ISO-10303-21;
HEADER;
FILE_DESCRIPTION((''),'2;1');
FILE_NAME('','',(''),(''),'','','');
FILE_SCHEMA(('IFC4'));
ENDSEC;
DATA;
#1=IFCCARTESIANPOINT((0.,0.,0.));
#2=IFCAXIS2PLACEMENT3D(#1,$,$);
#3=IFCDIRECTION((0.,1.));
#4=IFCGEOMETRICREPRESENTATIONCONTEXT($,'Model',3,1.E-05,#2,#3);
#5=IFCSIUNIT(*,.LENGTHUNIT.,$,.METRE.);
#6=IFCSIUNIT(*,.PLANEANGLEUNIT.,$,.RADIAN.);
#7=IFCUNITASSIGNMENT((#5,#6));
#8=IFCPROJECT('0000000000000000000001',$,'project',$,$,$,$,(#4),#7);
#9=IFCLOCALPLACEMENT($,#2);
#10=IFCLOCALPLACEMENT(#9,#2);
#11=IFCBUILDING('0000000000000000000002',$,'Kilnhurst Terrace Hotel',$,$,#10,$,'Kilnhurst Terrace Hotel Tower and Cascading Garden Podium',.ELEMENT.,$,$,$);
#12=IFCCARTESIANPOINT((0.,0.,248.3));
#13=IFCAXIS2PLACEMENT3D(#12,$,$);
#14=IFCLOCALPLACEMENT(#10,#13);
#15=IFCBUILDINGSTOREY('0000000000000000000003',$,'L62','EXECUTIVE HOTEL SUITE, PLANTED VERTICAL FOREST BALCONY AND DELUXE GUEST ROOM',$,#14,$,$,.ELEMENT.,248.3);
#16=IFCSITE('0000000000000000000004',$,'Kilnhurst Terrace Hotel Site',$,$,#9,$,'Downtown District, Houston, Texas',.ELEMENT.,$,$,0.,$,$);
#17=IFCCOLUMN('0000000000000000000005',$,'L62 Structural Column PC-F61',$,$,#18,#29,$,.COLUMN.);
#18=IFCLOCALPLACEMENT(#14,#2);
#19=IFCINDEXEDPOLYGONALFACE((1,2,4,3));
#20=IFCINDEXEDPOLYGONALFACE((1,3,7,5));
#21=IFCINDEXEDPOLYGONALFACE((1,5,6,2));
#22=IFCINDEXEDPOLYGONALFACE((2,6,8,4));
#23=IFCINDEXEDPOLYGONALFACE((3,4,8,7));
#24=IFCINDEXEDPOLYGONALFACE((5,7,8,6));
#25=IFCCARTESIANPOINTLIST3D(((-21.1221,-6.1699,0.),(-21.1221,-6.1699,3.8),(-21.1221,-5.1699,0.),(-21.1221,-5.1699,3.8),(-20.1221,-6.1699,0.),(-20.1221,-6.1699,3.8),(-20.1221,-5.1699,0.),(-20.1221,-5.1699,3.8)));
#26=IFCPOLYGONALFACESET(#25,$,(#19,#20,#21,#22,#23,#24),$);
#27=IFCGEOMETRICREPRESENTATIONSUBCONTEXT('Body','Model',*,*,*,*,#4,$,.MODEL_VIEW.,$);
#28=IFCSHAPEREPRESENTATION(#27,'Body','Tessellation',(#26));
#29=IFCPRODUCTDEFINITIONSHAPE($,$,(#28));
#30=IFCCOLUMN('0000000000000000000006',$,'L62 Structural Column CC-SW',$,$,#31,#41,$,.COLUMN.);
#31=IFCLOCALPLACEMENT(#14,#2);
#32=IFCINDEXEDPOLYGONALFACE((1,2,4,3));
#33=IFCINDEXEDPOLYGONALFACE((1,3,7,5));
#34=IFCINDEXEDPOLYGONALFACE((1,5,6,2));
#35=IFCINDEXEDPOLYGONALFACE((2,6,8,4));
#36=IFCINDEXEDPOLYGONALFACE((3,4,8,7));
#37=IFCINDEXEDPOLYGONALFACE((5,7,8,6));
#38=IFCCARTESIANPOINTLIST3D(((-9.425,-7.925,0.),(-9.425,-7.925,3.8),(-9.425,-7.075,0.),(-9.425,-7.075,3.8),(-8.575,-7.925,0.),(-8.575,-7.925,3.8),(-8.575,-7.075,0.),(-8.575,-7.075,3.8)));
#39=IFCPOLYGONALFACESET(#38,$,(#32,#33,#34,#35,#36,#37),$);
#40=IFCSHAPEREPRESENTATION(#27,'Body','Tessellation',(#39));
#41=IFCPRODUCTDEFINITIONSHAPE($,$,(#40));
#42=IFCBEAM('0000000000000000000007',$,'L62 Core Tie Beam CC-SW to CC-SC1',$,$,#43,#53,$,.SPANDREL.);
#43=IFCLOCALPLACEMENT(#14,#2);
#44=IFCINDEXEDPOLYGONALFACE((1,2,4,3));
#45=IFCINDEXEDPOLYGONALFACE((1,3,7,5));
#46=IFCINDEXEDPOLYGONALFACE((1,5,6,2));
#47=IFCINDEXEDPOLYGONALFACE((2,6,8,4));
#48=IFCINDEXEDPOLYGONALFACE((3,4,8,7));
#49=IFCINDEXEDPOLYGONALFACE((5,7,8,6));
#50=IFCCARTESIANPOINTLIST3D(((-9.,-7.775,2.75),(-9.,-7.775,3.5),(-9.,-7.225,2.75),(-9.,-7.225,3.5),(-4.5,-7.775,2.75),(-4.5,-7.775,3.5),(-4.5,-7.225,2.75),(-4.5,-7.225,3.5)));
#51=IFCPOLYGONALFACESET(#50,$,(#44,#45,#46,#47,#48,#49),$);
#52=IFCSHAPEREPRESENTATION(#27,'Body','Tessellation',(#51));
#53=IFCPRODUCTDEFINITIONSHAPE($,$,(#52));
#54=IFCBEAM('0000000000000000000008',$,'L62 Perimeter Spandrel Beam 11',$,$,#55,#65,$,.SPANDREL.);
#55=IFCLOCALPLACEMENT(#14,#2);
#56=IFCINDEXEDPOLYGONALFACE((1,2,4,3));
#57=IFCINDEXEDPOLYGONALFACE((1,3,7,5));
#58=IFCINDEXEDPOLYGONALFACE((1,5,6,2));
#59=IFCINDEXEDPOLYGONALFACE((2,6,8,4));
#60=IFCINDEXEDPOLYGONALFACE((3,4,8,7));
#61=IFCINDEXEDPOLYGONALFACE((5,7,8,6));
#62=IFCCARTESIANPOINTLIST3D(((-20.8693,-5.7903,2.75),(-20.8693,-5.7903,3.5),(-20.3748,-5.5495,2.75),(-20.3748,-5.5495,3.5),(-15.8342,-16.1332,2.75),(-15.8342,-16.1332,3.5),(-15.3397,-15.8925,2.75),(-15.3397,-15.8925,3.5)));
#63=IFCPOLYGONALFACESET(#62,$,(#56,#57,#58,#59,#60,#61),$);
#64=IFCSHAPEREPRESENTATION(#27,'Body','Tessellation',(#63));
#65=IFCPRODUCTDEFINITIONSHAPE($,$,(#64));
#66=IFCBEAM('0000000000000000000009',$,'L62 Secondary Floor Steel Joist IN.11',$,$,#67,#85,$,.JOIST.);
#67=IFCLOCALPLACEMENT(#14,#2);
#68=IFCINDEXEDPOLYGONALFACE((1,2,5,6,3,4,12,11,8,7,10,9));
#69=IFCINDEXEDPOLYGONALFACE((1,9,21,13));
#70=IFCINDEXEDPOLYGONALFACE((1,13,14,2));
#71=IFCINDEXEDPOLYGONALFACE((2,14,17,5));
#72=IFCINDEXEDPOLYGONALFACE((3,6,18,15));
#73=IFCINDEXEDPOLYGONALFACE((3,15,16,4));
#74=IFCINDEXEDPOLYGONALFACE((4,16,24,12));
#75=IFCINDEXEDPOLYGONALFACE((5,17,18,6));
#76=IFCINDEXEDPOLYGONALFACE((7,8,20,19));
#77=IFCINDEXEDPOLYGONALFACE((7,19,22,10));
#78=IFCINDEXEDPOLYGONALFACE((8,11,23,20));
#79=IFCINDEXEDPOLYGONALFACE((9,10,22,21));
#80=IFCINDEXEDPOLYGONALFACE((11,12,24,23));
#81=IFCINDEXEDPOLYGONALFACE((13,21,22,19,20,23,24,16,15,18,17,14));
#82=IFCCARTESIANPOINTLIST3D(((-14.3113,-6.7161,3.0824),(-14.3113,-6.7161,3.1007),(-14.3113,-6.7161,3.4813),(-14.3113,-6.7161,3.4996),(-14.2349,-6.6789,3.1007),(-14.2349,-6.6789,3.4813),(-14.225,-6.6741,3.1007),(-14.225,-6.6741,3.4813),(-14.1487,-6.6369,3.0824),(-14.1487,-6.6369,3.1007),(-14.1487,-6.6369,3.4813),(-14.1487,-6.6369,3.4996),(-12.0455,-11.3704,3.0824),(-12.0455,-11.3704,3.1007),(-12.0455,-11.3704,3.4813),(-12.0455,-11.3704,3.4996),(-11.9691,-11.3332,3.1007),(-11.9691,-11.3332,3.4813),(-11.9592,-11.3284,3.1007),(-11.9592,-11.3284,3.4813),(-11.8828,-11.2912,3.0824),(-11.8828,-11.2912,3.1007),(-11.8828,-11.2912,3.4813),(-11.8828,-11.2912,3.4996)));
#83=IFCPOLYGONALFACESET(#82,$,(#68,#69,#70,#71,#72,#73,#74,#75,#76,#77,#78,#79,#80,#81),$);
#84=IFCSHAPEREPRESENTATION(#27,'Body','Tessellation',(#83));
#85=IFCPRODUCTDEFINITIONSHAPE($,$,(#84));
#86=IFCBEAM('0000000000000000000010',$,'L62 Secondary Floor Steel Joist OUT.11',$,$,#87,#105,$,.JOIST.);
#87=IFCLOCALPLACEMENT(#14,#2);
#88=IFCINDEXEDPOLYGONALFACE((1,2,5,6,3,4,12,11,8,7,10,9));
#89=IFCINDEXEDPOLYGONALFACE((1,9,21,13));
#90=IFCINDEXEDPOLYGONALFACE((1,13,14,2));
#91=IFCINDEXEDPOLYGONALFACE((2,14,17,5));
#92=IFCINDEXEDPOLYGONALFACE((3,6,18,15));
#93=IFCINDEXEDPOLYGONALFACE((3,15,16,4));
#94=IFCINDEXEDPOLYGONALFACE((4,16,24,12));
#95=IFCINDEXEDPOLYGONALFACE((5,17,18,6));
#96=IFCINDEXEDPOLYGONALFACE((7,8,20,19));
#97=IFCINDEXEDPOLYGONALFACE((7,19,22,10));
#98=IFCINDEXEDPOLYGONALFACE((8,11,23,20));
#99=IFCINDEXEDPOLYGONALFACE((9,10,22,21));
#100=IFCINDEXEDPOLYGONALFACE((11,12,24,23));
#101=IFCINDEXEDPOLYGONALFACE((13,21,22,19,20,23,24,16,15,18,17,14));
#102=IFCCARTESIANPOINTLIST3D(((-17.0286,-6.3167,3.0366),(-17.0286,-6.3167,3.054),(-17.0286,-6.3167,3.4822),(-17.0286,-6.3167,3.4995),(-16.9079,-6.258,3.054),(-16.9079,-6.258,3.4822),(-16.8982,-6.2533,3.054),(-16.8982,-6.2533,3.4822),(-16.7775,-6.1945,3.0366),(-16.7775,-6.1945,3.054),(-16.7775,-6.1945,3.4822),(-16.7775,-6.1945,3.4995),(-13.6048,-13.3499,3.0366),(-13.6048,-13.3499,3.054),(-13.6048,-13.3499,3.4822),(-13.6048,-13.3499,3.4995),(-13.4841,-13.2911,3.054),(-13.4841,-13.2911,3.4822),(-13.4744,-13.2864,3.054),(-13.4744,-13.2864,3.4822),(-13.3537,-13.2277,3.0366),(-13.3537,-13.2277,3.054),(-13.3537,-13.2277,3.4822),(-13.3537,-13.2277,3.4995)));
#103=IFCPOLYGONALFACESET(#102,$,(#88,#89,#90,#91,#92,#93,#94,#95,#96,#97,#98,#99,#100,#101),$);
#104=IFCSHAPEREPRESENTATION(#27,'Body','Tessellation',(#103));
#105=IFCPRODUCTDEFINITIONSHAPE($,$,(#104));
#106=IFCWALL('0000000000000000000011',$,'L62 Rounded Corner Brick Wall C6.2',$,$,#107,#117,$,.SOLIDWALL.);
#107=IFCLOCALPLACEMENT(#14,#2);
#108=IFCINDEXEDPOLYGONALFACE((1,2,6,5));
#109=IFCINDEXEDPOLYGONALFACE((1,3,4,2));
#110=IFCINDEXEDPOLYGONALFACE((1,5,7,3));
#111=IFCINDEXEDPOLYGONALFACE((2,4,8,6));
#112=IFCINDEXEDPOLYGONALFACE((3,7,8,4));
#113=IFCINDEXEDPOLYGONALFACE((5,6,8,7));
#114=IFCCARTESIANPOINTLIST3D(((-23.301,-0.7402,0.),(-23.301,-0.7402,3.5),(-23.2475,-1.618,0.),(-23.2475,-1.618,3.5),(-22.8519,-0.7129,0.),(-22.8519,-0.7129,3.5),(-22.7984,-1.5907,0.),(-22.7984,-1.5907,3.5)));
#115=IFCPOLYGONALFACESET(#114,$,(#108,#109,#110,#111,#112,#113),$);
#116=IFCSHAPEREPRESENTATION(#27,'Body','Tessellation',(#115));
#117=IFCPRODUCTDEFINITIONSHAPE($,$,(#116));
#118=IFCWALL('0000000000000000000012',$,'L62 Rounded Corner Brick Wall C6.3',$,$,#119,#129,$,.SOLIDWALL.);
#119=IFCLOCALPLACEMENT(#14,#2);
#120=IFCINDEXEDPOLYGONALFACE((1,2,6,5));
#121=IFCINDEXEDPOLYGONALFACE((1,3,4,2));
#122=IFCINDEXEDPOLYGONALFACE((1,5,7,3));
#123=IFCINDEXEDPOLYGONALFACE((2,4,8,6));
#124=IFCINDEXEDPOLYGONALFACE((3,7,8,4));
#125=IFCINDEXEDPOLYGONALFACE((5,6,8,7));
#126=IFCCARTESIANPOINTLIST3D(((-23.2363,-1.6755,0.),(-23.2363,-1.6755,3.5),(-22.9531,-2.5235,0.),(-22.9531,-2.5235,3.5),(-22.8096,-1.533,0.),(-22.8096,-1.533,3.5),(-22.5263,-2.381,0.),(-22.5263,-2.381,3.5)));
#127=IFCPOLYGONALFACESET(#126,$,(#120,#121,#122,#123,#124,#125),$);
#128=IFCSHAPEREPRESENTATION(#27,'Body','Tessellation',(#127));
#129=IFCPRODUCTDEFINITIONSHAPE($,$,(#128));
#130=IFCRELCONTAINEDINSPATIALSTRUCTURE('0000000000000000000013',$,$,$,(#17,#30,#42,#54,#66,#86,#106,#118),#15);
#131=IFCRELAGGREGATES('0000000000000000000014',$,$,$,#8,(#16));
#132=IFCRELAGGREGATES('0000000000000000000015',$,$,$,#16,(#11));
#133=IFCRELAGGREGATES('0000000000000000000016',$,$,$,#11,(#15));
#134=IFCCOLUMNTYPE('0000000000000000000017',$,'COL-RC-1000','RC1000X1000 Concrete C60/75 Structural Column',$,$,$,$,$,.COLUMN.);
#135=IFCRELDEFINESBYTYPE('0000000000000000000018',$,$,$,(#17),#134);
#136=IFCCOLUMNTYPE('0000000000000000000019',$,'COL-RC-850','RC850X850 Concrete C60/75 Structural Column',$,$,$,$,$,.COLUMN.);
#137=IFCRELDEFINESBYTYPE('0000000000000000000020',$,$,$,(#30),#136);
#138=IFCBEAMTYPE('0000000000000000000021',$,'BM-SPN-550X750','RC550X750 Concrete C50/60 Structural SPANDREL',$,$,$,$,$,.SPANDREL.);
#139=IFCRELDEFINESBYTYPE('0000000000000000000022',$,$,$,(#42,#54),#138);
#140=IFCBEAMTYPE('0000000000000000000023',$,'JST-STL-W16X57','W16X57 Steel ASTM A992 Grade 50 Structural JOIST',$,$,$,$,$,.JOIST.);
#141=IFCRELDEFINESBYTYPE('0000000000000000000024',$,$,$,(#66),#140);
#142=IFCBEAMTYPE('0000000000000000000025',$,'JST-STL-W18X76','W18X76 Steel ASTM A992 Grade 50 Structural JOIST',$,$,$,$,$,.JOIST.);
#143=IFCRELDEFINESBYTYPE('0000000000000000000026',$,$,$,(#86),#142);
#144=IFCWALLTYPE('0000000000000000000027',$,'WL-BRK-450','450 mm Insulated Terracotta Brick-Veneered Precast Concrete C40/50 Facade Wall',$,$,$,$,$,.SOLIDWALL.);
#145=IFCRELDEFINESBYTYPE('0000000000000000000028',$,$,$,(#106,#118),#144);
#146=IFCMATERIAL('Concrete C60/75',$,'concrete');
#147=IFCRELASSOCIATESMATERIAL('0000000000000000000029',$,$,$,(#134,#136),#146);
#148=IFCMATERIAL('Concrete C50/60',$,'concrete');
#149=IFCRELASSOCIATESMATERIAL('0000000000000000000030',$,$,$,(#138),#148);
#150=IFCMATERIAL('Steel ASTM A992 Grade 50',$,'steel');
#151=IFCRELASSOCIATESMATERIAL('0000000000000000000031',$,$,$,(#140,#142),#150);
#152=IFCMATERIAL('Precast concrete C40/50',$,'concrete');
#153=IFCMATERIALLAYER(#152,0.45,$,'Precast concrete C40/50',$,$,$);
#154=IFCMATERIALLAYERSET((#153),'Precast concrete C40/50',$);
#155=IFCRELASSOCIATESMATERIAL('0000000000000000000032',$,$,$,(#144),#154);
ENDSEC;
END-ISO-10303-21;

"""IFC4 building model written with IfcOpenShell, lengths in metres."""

from ifc_helpers import new_model, si_unit, direction, frame, frame_2d, origin, origin_2d, place, context, subcontext, project, spatial, rectangle, i_section, extrude, material, layer, layer_set, material_profile, profile_set, type_object, element, save


model = new_model("IFC4")

# Units and contexts
model_context = context("Model", 3, precision=1e-05, world=origin(), true_north=direction((0.0, 1.0)))
body_context = subcontext(model_context, "Body", "Model", "MODEL_VIEW")
ifc_project = project(units=[si_unit("LENGTHUNIT", "METRE"), si_unit("PLANEANGLEUNIT", "RADIAN")], contexts=[model_context])

# Site, building, storey
site_placement = place(None, origin())
site = spatial("IfcSite", under=ifc_project, at=site_placement, Name="Kilnhurst Terrace Hotel Site", LongName="Downtown District, Houston, Texas", CompositionType="ELEMENT", RefElevation=0.0)
building_placement = place(site_placement, origin())
building = spatial("IfcBuilding", under=site, at=building_placement, Name="Kilnhurst Terrace Hotel", LongName="Kilnhurst Terrace Hotel Tower and Cascading Garden Podium", CompositionType="ELEMENT")
storey_placement = place(building_placement, frame((0.0, 0.0, 248.3)))
storey = spatial("IfcBuildingStorey", under=building, at=storey_placement, Name="L62", Description="EXECUTIVE HOTEL SUITE, PLANTED VERTICAL FOREST BALCONY AND DELUXE GUEST ROOM", CompositionType="ELEMENT", Elevation=248.3)

# Columns
ifc_material_1 = material(Name="Concrete C60/75", Category="concrete")
ifc_material_profile_1 = material_profile(ifc_material_1, rectangle(XDim=1.0, YDim=1.0, at=origin_2d()), Name="RC1000X1000")
ifc_profile_set_1 = profile_set([ifc_material_profile_1], Name="Concrete C60/75")
column_type_1 = type_object("IfcColumnType", Name="COL-RC-1000", Description="RC1000X1000 Concrete C60/75 Structural Column", PredefinedType="COLUMN", material=ifc_profile_set_1)
column_1_placement = place(storey_placement, frame((-20.6221, -5.6699, 0.0), z_axis=(0.0, 0.0, 1.0), x_axis=(1.0, 0.0, 0.0)))
element("IfcColumn", 1, at=column_1_placement, inside=storey, type_object=column_type_1, Name="L62 Structural Column PC-F61", PredefinedType="COLUMN", context=body_context, shape_type="SweptSolid", body=[
    extrude(rectangle(XDim=1.0, YDim=1.0, at=origin_2d()), origin(), (0.0, 0.0, 1.0), 3.8),
])
ifc_material_profile_2 = material_profile(ifc_material_1, rectangle(XDim=0.8501, YDim=0.8501, at=origin_2d()), Name="RC850X850")
ifc_profile_set_2 = profile_set([ifc_material_profile_2], Name="Concrete C60/75")
column_type_2 = type_object("IfcColumnType", Name="COL-RC-850", Description="RC850X850 Concrete C60/75 Structural Column", PredefinedType="COLUMN", material=ifc_profile_set_2)
column_2_placement = place(storey_placement, frame((-9.0, -7.5, 0.0), z_axis=(0.0, 0.0, 1.0), x_axis=(1.0, 0.0, 0.0)))
element("IfcColumn", 2, at=column_2_placement, inside=storey, type_object=column_type_2, Name="L62 Structural Column CC-SW", PredefinedType="COLUMN", context=body_context, shape_type="SweptSolid", body=[
    extrude(rectangle(XDim=0.8501, YDim=0.8501, at=origin_2d()), origin(), (0.0, 0.0, 1.0), 3.8),
])

# Beams
ifc_material_2 = material(Name="Concrete C50/60", Category="concrete")
ifc_material_profile_3 = material_profile(ifc_material_2, rectangle(XDim=0.55, YDim=0.75, at=origin_2d()), Name="RC550X750")
ifc_profile_set_3 = profile_set([ifc_material_profile_3], Name="Concrete C50/60")
beam_type_1 = type_object("IfcBeamType", Name="BM-SPN-550X750", Description="RC550X750 Concrete C50/60 Structural SPANDREL", PredefinedType="SPANDREL", material=ifc_profile_set_3)
beam_1_placement = place(storey_placement, frame((-9.0, -7.5, 3.125), z_axis=(1.0, 0.0, 0.0), x_axis=(0.0, 1.0, 0.0)))
element("IfcBeam", 3, at=beam_1_placement, inside=storey, type_object=beam_type_1, Name="L62 Core Tie Beam CC-SW to CC-SC1", PredefinedType="SPANDREL", context=body_context, shape_type="SweptSolid", body=[
    extrude(rectangle(XDim=0.55, YDim=0.75, at=origin_2d()), origin(), (0.0, 0.0, 1.0), 4.5),
])
beam_2_placement = place(storey_placement, frame((-20.6221, -5.6699, 3.125), z_axis=(0.437706, -0.899118, 0.0), x_axis=(0.899118, 0.437706, 0.0)))
element("IfcBeam", 4, at=beam_2_placement, inside=storey, type_object=beam_type_1, Name="L62 Perimeter Spandrel Beam 11", PredefinedType="SPANDREL", context=body_context, shape_type="SweptSolid", body=[
    extrude(rectangle(XDim=0.55, YDim=0.75, at=origin_2d()), origin(), (0.0, 0.0, 1.0), 11.5034),
])
ifc_material_3 = material(Name="Steel ASTM A992 Grade 50", Category="steel")
ifc_material_profile_4 = material_profile(ifc_material_3, i_section(OverallWidth=0.1809, OverallDepth=0.4172, WebThickness=0.011, FlangeThickness=0.0183, at=origin_2d()), Name="W16X57")
ifc_profile_set_4 = profile_set([ifc_material_profile_4], Name="Steel ASTM A992 Grade 50")
beam_type_2 = type_object("IfcBeamType", Name="JST-STL-W16X57", Description="W16X57 Steel ASTM A992 Grade 50 Structural JOIST", PredefinedType="JOIST", material=ifc_profile_set_4)
beam_3_placement = place(storey_placement, frame((-14.23, -6.6765, 3.291), z_axis=(0.437718, -0.899112, 0.0), x_axis=(0.899112, 0.437718, 0.0)))
element("IfcBeam", 5, at=beam_3_placement, inside=storey, type_object=beam_type_2, Name="L62 Secondary Floor Steel Joist IN.11", PredefinedType="JOIST", context=body_context, shape_type="SweptSolid", body=[
    extrude(i_section(OverallWidth=0.1809, OverallDepth=0.4172, WebThickness=0.011, FlangeThickness=0.0183, at=origin_2d()), origin(), (0.0, 0.0, 1.0), 5.1765),
])
ifc_material_profile_5 = material_profile(ifc_material_3, i_section(OverallWidth=0.2793, OverallDepth=0.4629, WebThickness=0.0107, FlangeThickness=0.0173, at=origin_2d()), Name="W18X76")
ifc_profile_set_5 = profile_set([ifc_material_profile_5], Name="Steel ASTM A992 Grade 50")
beam_type_3 = type_object("IfcBeamType", Name="JST-STL-W18X76", Description="W18X76 Steel ASTM A992 Grade 50 Structural JOIST", PredefinedType="JOIST", material=ifc_profile_set_5)
beam_4_placement = place(storey_placement, frame((-16.9031, -6.2556, 3.2681), z_axis=(0.4377, -0.899121, 0.0), x_axis=(0.899121, 0.4377, 0.0)))
element("IfcBeam", 6, at=beam_4_placement, inside=storey, type_object=beam_type_3, Name="L62 Secondary Floor Steel Joist OUT.11", PredefinedType="JOIST", context=body_context, shape_type="SweptSolid", body=[
    extrude(i_section(OverallWidth=0.2793, OverallDepth=0.4629, WebThickness=0.0107, FlangeThickness=0.0173, at=origin_2d()), origin(), (0.0, 0.0, 1.0), 7.8223),
])

# Walls
ifc_material_4 = material(Name="Precast concrete C40/50", Category="concrete")
ifc_layer_1 = layer(ifc_material_4, 0.45, Name="Precast concrete C40/50")
ifc_layer_set_1 = layer_set([ifc_layer_1], Name="Precast concrete C40/50")
wall_type_1 = type_object("IfcWallType", Name="WL-BRK-450", Description="450 mm Insulated Terracotta Brick-Veneered Precast Concrete C40/50 Facade Wall", PredefinedType="SOLIDWALL", material=ifc_layer_set_1)
wall_1_placement = place(storey_placement, frame((-23.0764, -0.7266, 0.0), z_axis=(0.0, 0.0, 1.0), x_axis=(0.060805, -0.99815, 0.0)))
element("IfcWall", 7, at=wall_1_placement, inside=storey, type_object=wall_type_1, Name="L62 Rounded Corner Brick Wall C6.2", PredefinedType="SOLIDWALL", context=body_context, shape_type="SweptSolid", body=[
    extrude(rectangle(XDim=0.8794, YDim=0.45, at=frame_2d((0.4397, 0.0))), origin(), (0.0, 0.0, 1.0), 3.5),
])
wall_2_placement = place(storey_placement, frame((-23.0229, -1.6042, 0.0), z_axis=(0.0, 0.0, 1.0), x_axis=(0.316801, -0.948492, 0.0)))
element("IfcWall", 8, at=wall_2_placement, inside=storey, type_object=wall_type_1, Name="L62 Rounded Corner Brick Wall C6.3", PredefinedType="SOLIDWALL", context=body_context, shape_type="SweptSolid", body=[
    extrude(rectangle(XDim=0.894, YDim=0.45, at=frame_2d((0.447, 0.0))), origin(), (0.0, 0.0, 1.0), 3.5),
])

save(model, "model.ifc")
